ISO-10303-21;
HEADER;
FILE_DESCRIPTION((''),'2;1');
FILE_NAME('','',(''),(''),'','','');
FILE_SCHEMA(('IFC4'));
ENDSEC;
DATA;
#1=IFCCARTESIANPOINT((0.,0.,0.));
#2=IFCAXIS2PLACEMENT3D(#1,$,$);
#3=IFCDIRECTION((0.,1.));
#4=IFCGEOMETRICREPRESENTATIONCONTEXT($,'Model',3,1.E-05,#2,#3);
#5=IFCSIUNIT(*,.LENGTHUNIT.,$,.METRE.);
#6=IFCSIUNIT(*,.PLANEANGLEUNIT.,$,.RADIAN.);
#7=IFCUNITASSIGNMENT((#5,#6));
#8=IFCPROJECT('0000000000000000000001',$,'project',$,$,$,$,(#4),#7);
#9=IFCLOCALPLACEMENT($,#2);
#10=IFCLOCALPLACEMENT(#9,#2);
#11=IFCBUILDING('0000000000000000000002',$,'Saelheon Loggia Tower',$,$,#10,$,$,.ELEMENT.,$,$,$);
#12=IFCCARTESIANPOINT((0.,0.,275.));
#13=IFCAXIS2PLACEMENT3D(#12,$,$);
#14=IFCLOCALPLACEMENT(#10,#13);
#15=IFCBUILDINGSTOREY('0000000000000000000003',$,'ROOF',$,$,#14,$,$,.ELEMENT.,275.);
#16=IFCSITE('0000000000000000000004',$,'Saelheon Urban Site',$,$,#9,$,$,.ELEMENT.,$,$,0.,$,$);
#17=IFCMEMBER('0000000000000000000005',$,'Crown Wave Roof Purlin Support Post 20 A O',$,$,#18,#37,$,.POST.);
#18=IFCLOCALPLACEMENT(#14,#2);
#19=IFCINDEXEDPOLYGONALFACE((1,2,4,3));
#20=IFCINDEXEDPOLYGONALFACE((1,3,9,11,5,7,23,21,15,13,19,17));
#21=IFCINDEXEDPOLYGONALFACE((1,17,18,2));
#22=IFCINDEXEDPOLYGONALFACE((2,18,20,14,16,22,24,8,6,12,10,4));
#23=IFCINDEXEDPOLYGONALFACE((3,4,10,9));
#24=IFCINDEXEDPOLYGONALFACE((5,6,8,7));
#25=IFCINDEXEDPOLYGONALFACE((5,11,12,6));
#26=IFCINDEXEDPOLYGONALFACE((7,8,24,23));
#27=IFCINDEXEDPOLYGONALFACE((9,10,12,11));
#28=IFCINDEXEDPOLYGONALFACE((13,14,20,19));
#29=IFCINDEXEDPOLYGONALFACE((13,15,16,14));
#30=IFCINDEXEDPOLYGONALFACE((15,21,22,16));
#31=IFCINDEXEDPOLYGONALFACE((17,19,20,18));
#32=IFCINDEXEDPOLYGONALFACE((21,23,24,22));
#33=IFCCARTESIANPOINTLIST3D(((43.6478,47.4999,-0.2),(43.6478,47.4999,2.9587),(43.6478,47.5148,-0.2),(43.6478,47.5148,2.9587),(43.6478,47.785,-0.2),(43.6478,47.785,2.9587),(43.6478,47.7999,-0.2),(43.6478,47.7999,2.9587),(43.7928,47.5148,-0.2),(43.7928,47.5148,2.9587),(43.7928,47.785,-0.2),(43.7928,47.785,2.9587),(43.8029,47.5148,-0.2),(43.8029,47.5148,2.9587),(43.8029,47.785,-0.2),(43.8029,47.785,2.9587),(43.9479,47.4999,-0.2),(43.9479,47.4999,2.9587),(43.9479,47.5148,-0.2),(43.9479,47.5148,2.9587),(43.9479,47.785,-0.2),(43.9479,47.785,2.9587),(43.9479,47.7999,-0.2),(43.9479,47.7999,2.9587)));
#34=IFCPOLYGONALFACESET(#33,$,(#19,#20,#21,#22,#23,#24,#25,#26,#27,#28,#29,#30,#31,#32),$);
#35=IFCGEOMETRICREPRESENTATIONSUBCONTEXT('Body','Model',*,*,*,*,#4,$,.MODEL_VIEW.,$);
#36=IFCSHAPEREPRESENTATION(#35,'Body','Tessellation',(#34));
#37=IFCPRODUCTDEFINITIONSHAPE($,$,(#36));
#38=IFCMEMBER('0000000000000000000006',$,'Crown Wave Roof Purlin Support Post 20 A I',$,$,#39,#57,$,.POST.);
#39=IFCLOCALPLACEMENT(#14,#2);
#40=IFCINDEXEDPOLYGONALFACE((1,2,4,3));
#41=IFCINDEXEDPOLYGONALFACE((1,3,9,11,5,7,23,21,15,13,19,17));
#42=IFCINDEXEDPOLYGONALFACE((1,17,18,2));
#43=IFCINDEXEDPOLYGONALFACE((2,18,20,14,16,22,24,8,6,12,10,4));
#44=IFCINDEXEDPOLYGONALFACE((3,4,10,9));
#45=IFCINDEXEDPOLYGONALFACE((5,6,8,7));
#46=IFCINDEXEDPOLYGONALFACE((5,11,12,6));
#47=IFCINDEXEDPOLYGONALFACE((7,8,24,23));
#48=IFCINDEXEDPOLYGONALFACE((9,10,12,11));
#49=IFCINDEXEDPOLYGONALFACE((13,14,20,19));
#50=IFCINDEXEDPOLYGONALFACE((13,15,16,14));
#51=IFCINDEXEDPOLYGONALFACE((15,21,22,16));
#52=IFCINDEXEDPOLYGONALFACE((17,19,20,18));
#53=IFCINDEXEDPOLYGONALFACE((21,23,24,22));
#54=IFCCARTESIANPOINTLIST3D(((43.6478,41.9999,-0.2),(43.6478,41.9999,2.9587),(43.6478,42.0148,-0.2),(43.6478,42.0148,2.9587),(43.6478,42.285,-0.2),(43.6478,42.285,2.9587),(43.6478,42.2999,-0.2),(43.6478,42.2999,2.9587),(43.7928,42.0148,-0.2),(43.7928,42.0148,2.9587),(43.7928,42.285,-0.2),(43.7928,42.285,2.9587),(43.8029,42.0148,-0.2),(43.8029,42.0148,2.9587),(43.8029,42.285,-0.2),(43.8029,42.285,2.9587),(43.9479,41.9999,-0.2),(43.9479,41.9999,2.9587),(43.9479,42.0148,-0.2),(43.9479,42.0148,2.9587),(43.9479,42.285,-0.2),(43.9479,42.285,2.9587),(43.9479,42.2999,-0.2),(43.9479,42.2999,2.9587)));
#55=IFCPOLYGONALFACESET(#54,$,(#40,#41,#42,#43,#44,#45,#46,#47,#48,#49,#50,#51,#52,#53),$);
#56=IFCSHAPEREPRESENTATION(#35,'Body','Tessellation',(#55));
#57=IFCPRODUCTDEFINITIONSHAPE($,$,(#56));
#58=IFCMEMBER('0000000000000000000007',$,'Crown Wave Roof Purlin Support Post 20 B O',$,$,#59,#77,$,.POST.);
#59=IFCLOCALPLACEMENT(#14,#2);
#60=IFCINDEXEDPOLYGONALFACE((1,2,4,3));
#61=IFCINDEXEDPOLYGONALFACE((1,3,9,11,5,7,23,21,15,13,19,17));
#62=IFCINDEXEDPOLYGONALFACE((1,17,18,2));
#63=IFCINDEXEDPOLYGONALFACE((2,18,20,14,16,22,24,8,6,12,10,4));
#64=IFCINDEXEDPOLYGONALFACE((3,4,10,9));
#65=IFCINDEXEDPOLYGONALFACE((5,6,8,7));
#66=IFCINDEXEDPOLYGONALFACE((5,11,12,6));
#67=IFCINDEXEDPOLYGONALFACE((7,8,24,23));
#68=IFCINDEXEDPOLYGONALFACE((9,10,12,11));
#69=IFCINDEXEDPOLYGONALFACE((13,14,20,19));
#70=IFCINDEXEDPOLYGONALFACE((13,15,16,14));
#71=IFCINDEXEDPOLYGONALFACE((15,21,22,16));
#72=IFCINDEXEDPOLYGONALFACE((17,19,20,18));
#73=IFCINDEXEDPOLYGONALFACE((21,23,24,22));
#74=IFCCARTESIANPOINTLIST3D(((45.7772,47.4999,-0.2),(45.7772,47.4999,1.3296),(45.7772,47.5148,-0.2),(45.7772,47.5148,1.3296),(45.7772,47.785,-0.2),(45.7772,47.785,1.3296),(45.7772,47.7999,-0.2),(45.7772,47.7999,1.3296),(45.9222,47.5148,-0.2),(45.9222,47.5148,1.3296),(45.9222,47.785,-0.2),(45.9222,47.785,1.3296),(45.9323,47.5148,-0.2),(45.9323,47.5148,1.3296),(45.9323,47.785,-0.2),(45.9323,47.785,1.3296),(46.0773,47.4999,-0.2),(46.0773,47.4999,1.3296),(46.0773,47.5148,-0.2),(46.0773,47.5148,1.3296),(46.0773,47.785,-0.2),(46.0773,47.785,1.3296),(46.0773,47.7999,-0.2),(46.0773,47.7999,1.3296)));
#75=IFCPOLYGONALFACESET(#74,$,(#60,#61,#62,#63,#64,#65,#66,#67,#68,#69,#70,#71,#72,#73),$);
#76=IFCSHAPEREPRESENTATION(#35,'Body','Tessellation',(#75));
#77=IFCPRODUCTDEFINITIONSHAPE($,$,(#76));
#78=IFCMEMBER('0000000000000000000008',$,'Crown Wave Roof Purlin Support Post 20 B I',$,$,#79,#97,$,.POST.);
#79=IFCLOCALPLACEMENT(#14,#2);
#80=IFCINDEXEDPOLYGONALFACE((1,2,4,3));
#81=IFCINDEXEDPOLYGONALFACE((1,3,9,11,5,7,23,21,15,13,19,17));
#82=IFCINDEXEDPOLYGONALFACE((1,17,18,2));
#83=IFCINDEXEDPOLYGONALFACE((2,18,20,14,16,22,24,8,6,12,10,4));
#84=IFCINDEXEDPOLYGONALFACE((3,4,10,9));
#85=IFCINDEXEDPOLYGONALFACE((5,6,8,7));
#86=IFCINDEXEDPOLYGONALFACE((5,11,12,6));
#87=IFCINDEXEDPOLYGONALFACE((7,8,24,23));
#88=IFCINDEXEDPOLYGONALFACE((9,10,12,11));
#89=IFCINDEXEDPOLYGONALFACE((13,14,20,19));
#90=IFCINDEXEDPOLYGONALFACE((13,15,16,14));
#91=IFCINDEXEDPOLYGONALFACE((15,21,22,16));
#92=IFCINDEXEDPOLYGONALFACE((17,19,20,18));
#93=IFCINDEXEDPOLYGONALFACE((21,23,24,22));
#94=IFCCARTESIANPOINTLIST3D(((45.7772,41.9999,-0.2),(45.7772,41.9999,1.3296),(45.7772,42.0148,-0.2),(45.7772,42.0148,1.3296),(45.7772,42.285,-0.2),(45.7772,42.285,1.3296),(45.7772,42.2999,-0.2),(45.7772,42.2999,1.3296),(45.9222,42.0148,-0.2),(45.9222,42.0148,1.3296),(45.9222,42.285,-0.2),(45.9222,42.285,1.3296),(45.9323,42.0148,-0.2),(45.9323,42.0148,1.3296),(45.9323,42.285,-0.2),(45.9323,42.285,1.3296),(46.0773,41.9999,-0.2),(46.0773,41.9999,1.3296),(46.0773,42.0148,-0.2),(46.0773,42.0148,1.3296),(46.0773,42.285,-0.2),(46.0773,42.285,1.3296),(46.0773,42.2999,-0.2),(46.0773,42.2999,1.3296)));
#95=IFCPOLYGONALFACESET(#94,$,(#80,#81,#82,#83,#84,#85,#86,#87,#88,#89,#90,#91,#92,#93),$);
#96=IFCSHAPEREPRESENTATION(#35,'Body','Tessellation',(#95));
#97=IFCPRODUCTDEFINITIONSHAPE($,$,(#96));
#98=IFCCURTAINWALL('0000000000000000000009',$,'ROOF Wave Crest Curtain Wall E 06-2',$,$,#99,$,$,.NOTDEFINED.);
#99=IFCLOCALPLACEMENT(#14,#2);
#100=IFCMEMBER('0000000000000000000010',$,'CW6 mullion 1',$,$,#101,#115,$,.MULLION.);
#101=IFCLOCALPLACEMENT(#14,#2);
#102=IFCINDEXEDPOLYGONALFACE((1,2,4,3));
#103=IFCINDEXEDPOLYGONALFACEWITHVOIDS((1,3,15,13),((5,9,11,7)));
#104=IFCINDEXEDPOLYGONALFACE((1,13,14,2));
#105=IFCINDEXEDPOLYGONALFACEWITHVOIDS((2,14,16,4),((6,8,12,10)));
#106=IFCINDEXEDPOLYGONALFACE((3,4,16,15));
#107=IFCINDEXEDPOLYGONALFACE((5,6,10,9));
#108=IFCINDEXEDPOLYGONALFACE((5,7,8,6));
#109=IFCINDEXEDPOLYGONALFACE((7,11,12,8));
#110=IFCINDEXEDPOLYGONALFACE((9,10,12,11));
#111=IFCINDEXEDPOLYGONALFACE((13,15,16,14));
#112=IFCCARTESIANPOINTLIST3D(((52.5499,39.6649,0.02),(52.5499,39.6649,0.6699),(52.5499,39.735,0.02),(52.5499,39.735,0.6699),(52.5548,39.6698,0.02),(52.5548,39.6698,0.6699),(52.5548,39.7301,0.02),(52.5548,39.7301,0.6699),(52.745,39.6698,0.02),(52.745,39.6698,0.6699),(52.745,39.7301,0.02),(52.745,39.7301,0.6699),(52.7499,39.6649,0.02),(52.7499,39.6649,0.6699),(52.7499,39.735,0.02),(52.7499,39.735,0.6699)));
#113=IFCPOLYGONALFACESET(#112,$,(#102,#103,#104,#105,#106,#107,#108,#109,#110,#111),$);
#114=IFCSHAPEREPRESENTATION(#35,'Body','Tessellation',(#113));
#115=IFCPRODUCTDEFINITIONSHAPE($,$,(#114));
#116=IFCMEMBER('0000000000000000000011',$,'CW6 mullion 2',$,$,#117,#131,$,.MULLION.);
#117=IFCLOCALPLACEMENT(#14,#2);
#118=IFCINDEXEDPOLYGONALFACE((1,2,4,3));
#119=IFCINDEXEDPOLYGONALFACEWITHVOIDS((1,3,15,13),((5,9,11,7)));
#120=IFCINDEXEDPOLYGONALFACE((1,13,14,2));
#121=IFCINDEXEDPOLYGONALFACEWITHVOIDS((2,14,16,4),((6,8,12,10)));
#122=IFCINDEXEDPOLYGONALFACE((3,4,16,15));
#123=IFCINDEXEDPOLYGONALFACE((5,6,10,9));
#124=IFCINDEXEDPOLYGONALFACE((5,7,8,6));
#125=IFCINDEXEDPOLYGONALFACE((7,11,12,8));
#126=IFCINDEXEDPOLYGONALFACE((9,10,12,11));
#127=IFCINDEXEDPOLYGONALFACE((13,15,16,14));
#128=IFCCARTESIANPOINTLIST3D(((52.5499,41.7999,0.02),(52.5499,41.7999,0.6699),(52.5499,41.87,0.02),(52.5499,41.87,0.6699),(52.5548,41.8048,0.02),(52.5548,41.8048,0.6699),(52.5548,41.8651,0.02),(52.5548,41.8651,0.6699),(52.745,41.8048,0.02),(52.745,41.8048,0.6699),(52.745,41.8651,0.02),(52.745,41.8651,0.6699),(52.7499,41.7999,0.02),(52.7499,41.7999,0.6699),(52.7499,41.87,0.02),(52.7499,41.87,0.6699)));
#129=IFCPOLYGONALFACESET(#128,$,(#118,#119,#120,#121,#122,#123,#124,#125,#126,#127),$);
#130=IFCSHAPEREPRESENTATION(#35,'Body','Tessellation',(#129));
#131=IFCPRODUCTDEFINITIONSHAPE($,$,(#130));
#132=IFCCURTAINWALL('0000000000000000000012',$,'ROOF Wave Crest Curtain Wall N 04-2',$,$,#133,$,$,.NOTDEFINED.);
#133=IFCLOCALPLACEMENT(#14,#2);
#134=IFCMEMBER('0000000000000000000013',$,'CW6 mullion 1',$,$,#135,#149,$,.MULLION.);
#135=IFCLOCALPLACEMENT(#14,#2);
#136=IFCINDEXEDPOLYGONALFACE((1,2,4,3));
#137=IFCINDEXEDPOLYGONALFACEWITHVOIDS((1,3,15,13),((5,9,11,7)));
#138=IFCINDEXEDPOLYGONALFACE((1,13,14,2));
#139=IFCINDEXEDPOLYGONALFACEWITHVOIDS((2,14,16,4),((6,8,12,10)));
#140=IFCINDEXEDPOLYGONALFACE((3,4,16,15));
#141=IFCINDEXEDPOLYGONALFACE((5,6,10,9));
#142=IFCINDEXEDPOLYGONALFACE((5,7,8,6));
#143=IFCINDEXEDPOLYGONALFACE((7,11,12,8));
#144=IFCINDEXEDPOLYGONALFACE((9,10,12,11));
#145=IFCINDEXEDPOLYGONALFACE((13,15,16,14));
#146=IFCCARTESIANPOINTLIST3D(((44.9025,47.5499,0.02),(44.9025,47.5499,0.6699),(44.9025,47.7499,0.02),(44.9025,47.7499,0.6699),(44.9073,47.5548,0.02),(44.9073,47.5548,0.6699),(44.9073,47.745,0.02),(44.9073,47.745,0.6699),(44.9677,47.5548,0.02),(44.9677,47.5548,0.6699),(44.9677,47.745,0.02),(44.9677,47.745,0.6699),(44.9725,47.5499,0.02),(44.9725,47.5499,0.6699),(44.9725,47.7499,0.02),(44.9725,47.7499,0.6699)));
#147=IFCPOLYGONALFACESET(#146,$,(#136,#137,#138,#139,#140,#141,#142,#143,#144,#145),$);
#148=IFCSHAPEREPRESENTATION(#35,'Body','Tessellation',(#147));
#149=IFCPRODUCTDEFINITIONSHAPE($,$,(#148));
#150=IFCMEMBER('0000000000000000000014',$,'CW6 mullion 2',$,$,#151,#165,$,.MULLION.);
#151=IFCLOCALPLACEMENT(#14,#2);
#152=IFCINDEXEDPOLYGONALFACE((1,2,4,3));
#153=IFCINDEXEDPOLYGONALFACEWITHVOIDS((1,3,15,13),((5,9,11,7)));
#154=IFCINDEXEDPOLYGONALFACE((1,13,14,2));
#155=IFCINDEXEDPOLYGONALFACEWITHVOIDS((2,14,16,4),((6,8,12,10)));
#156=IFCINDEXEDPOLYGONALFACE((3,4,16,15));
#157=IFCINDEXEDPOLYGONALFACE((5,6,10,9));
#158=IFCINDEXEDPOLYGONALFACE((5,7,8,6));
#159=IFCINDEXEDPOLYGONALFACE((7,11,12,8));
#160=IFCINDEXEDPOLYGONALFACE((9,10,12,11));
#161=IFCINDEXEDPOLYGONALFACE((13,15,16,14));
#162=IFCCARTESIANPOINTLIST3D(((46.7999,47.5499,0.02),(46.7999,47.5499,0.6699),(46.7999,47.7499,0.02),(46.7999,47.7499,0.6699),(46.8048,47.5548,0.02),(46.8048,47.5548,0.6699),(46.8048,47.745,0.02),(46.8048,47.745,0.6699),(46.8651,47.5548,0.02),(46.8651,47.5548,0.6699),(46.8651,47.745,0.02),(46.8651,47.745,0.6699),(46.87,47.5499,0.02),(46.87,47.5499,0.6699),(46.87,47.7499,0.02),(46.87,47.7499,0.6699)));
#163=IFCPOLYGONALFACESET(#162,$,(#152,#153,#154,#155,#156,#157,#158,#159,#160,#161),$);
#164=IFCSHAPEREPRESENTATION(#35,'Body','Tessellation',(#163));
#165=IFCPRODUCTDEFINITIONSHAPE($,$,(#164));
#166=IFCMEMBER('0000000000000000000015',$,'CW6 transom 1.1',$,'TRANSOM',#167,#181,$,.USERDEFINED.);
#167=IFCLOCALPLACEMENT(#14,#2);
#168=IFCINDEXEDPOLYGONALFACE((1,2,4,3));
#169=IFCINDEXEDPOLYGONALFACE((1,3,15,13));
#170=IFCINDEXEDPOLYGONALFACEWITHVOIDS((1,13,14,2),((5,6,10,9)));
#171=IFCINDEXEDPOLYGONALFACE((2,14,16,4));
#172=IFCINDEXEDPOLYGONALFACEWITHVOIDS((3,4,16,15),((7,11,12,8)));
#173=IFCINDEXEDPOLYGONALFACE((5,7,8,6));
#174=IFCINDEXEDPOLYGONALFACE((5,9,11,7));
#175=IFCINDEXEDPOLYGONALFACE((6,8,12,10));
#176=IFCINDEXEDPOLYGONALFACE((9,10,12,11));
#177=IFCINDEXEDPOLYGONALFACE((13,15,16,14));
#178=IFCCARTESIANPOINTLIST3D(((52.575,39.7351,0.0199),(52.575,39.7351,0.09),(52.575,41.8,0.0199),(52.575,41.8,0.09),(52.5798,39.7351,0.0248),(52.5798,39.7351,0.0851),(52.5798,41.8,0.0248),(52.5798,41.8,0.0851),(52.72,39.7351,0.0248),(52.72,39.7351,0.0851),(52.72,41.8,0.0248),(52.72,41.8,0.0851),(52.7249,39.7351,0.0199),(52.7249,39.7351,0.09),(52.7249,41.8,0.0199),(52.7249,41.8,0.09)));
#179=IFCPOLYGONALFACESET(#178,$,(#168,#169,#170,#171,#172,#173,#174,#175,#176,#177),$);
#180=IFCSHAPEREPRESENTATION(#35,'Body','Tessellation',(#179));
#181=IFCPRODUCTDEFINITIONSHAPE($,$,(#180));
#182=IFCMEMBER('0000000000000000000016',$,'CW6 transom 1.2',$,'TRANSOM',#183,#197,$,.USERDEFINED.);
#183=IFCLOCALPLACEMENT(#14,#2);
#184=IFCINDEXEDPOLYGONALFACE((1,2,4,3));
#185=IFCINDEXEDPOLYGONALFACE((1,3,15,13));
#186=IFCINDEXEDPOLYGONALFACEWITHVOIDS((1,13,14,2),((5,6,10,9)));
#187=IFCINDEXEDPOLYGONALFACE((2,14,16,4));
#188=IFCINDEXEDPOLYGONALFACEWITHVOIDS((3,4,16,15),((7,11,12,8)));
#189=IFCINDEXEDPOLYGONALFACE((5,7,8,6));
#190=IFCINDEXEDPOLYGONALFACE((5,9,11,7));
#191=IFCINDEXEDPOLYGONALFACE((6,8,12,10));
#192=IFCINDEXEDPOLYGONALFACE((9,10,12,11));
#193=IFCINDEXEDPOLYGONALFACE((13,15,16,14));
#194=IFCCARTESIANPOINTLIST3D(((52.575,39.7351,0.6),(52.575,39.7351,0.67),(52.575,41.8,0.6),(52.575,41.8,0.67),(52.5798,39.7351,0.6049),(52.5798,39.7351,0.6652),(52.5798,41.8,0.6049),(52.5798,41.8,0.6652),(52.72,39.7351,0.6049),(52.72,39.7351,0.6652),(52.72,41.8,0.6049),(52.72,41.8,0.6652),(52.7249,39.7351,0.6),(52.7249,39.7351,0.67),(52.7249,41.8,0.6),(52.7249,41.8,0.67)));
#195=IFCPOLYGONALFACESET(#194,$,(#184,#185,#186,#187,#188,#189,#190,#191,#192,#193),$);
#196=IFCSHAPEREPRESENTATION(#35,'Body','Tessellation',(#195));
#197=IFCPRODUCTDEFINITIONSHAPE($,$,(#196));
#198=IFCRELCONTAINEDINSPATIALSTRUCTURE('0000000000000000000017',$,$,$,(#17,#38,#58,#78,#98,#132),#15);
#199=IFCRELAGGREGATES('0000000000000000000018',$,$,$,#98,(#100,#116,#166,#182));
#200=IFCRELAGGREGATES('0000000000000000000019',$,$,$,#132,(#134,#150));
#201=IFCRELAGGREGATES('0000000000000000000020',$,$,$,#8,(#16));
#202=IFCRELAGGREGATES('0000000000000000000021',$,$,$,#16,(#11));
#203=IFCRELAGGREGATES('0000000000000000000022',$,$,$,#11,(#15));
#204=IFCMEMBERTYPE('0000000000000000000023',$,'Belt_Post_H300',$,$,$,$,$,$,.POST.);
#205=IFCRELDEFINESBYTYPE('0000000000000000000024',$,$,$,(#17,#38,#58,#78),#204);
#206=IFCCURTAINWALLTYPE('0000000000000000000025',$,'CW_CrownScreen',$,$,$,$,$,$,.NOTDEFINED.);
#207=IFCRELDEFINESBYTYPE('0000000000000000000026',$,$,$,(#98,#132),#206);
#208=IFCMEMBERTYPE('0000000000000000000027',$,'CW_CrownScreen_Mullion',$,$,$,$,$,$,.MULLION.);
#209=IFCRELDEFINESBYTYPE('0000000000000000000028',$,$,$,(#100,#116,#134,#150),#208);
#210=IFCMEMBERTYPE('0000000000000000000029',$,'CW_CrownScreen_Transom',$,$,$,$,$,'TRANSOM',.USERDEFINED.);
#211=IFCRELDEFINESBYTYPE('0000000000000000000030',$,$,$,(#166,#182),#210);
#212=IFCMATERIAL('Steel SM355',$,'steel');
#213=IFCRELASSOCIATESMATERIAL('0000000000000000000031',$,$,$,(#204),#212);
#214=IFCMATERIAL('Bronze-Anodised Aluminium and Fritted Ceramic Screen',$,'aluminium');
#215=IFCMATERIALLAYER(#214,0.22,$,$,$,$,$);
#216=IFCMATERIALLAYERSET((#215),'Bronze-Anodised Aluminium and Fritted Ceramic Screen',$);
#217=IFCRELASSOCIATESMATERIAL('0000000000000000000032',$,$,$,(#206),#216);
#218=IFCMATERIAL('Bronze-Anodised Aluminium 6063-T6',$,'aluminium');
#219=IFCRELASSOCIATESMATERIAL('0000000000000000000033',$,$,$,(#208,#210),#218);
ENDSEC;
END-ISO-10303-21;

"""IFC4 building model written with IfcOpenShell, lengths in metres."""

from ifc_helpers import new_model, si_unit, direction, frame, origin, origin_2d, place, context, subcontext, project, spatial, hollow_rectangle, i_section, extrude, source, transform, mapped, material, layer, layer_set, material_profile, profile_set, type_object, element, aggregate, save


model = new_model("IFC4")

# Units and contexts
model_context = context("Model", 3, precision=1e-05, world=origin(), true_north=direction((0.0, 1.0)))
body_context = subcontext(model_context, "Body", "Model", "MODEL_VIEW")
ifc_project = project(units=[si_unit("LENGTHUNIT", "METRE"), si_unit("PLANEANGLEUNIT", "RADIAN")], contexts=[model_context])

# Site, building, storey
site_placement = place(None, origin())
site = spatial("IfcSite", under=ifc_project, at=site_placement, Name="Saelheon Urban Site", CompositionType="ELEMENT", RefElevation=0.0)
building_placement = place(site_placement, origin())
building = spatial("IfcBuilding", under=site, at=building_placement, Name="Saelheon Loggia Tower", CompositionType="ELEMENT")
storey_placement = place(building_placement, frame((0.0, 0.0, 275.0)))
storey = spatial("IfcBuildingStorey", under=building, at=storey_placement, Name="ROOF", CompositionType="ELEMENT", Elevation=275.0)

# Members
ifc_material_1 = material(Name="Steel SM355", Category="steel")
ifc_material_profile_1 = material_profile(ifc_material_1, i_section(OverallWidth=0.3, OverallDepth=0.3, WebThickness=0.01, FlangeThickness=0.0149, at=origin_2d()), Name="H-300x300x10x15")
ifc_profile_set_1 = profile_set([ifc_material_profile_1], Name="Steel SM355")
member_type_1 = type_object("IfcMemberType", Name="Belt_Post_H300", PredefinedType="POST", material=ifc_profile_set_1)
shared_shape_1 = source(origin(), body_context, "Body", "SweptSolid", [
    extrude(i_section(OverallWidth=0.3, OverallDepth=0.3, WebThickness=0.01, FlangeThickness=0.0149, at=origin_2d()), origin(), (0.0, 0.0, 1.0), 3.1587),
])
for number, where, z_axis, x_axis, name in (
    (1, (43.7979, 47.6499, -0.2), (0.0, 0.0, 1.0), (1.0, 0.0, 0.0), "Crown Wave Roof Purlin Support Post 20 A O"),
    (2, (43.7979, 42.1499, -0.2), (0.0, 0.0, 1.0), (1.0, 0.0, 0.0), "Crown Wave Roof Purlin Support Post 20 A I"),
):
    element("IfcMember", number, at=place(storey_placement, frame(where, z_axis=z_axis, x_axis=x_axis)), inside=storey, type_object=member_type_1, Name=name, PredefinedType="POST", context=body_context, shape_type="MappedRepresentation", body=[
        mapped(shared_shape_1, transform((0.0, 0.0, 0.0), scale=1.0)),
    ])
shared_shape_2 = source(origin(), body_context, "Body", "SweptSolid", [
    extrude(i_section(OverallWidth=0.3, OverallDepth=0.3, WebThickness=0.01, FlangeThickness=0.0149, at=origin_2d()), origin(), (0.0, 0.0, 1.0), 1.5295),
])
for number, where, z_axis, x_axis, name in (
    (3, (45.9272, 47.6499, -0.2), (0.0, 0.0, 1.0), (1.0, 0.0, 0.0), "Crown Wave Roof Purlin Support Post 20 B O"),
    (4, (45.9272, 42.1499, -0.2), (0.0, 0.0, 1.0), (1.0, 0.0, 0.0), "Crown Wave Roof Purlin Support Post 20 B I"),
):
    element("IfcMember", number, at=place(storey_placement, frame(where, z_axis=z_axis, x_axis=x_axis)), inside=storey, type_object=member_type_1, Name=name, PredefinedType="POST", context=body_context, shape_type="MappedRepresentation", body=[
        mapped(shared_shape_2, transform((0.0, 0.0, 0.0), scale=1.0)),
    ])

# Curtain walls, members
ifc_material_2 = material(Name="Bronze-Anodised Aluminium and Fritted Ceramic Screen", Category="aluminium")
ifc_layer_1 = layer(ifc_material_2, 0.22)
ifc_layer_set_1 = layer_set([ifc_layer_1], Name="Bronze-Anodised Aluminium and Fritted Ceramic Screen")
curtain_wall_type = type_object("IfcCurtainWallType", Name="CW_CrownScreen", PredefinedType="NOTDEFINED", material=ifc_layer_set_1)
curtain_wall_1_placement = place(storey_placement, origin())
curtain_wall_1 = element("IfcCurtainWall", 5, at=curtain_wall_1_placement, inside=storey, type_object=curtain_wall_type, Name="ROOF Wave Crest Curtain Wall E 06-2", PredefinedType="NOTDEFINED")
ifc_material_3 = material(Name="Bronze-Anodised Aluminium 6063-T6", Category="aluminium")
ifc_material_profile_2 = material_profile(ifc_material_3, hollow_rectangle(XDim=0.0701, YDim=0.2, WallThickness=0.0049, at=origin_2d()), Name="RHS-200x70x5")
ifc_profile_set_2 = profile_set([ifc_material_profile_2], Name="Bronze-Anodised Aluminium 6063-T6")
member_type_2 = type_object("IfcMemberType", Name="CW_CrownScreen_Mullion", PredefinedType="MULLION", material=ifc_profile_set_2)
shared_shape_3 = source(origin(), body_context, "Body", "SweptSolid", [
    extrude(hollow_rectangle(XDim=0.0701, YDim=0.2, WallThickness=0.0049, at=origin_2d()), origin(), (0.0, 0.0, 1.0), 0.6499),
])
member_1_placement = place(storey_placement, frame((52.6499, 39.7, 0.02), z_axis=(0.0, 0.0, 1.0), x_axis=(0.0, 1.0, 0.0)))
member_1 = element("IfcMember", 6, at=member_1_placement, type_object=member_type_2, Name="CW6 mullion 1", PredefinedType="MULLION", context=body_context, shape_type="MappedRepresentation", body=[
    mapped(shared_shape_3, transform((0.0, 0.0, 0.0), scale=1.0)),
])
member_2_placement = place(storey_placement, frame((52.6499, 41.835, 0.02), z_axis=(0.0, 0.0, 1.0), x_axis=(0.0, 1.0, 0.0)))
member_2 = element("IfcMember", 7, at=member_2_placement, type_object=member_type_2, Name="CW6 mullion 2", PredefinedType="MULLION", context=body_context, shape_type="MappedRepresentation", body=[
    mapped(shared_shape_3, transform((0.0, 0.0, 0.0), scale=1.0)),
])
curtain_wall_2_placement = place(storey_placement, origin())
curtain_wall_2 = element("IfcCurtainWall", 8, at=curtain_wall_2_placement, inside=storey, type_object=curtain_wall_type, Name="ROOF Wave Crest Curtain Wall N 04-2", PredefinedType="NOTDEFINED")
member_3_placement = place(storey_placement, frame((44.9375, 47.6499, 0.02), z_axis=(0.0, 0.0, 1.0), x_axis=(1.0, 0.0, 0.0)))
member_3 = element("IfcMember", 9, at=member_3_placement, type_object=member_type_2, Name="CW6 mullion 1", PredefinedType="MULLION", context=body_context, shape_type="MappedRepresentation", body=[
    mapped(shared_shape_3, transform((0.0, 0.0, 0.0), scale=1.0)),
])
member_4_placement = place(storey_placement, frame((46.835, 47.6499, 0.02), z_axis=(0.0, 0.0, 1.0), x_axis=(1.0, 0.0, 0.0)))
member_4 = element("IfcMember", 10, at=member_4_placement, type_object=member_type_2, Name="CW6 mullion 2", PredefinedType="MULLION", context=body_context, shape_type="MappedRepresentation", body=[
    mapped(shared_shape_3, transform((0.0, 0.0, 0.0), scale=1.0)),
])

# Members
ifc_material_profile_3 = material_profile(ifc_material_3, hollow_rectangle(XDim=0.0701, YDim=0.1499, WallThickness=0.0049, at=origin_2d()), Name="RHS-150x70x5")
ifc_profile_set_3 = profile_set([ifc_material_profile_3], Name="Bronze-Anodised Aluminium 6063-T6")
member_type_3 = type_object("IfcMemberType", Name="CW_CrownScreen_Transom", ElementType="TRANSOM", PredefinedType="USERDEFINED", material=ifc_profile_set_3)
shared_shape_4 = source(origin(), body_context, "Body", "SweptSolid", [
    extrude(hollow_rectangle(XDim=0.0701, YDim=0.1499, WallThickness=0.0049, at=origin_2d()), origin(), (0.0, 0.0, 1.0), 2.0649),
])
member_5_placement = place(storey_placement, frame((52.6499, 39.7351, 0.0549), z_axis=(0.0, 1.0, 0.0), x_axis=(0.0, 0.0, 1.0)))
member_5 = element("IfcMember", 11, at=member_5_placement, type_object=member_type_3, Name="CW6 transom 1.1", ObjectType="TRANSOM", PredefinedType="USERDEFINED", context=body_context, shape_type="MappedRepresentation", body=[
    mapped(shared_shape_4, transform((0.0, 0.0, 0.0), scale=1.0)),
])
member_6_placement = place(storey_placement, frame((52.6499, 39.7351, 0.635), z_axis=(0.0, 1.0, 0.0), x_axis=(0.0, 0.0, 1.0)))
member_6 = element("IfcMember", 12, at=member_6_placement, type_object=member_type_3, Name="CW6 transom 1.2", ObjectType="TRANSOM", PredefinedType="USERDEFINED", context=body_context, shape_type="MappedRepresentation", body=[
    mapped(shared_shape_4, transform((0.0, 0.0, 0.0), scale=1.0)),
])

aggregate(curtain_wall_1, [member_1, member_2, member_5, member_6])
aggregate(curtain_wall_2, [member_3, member_4])

save(model, "model.ifc")
